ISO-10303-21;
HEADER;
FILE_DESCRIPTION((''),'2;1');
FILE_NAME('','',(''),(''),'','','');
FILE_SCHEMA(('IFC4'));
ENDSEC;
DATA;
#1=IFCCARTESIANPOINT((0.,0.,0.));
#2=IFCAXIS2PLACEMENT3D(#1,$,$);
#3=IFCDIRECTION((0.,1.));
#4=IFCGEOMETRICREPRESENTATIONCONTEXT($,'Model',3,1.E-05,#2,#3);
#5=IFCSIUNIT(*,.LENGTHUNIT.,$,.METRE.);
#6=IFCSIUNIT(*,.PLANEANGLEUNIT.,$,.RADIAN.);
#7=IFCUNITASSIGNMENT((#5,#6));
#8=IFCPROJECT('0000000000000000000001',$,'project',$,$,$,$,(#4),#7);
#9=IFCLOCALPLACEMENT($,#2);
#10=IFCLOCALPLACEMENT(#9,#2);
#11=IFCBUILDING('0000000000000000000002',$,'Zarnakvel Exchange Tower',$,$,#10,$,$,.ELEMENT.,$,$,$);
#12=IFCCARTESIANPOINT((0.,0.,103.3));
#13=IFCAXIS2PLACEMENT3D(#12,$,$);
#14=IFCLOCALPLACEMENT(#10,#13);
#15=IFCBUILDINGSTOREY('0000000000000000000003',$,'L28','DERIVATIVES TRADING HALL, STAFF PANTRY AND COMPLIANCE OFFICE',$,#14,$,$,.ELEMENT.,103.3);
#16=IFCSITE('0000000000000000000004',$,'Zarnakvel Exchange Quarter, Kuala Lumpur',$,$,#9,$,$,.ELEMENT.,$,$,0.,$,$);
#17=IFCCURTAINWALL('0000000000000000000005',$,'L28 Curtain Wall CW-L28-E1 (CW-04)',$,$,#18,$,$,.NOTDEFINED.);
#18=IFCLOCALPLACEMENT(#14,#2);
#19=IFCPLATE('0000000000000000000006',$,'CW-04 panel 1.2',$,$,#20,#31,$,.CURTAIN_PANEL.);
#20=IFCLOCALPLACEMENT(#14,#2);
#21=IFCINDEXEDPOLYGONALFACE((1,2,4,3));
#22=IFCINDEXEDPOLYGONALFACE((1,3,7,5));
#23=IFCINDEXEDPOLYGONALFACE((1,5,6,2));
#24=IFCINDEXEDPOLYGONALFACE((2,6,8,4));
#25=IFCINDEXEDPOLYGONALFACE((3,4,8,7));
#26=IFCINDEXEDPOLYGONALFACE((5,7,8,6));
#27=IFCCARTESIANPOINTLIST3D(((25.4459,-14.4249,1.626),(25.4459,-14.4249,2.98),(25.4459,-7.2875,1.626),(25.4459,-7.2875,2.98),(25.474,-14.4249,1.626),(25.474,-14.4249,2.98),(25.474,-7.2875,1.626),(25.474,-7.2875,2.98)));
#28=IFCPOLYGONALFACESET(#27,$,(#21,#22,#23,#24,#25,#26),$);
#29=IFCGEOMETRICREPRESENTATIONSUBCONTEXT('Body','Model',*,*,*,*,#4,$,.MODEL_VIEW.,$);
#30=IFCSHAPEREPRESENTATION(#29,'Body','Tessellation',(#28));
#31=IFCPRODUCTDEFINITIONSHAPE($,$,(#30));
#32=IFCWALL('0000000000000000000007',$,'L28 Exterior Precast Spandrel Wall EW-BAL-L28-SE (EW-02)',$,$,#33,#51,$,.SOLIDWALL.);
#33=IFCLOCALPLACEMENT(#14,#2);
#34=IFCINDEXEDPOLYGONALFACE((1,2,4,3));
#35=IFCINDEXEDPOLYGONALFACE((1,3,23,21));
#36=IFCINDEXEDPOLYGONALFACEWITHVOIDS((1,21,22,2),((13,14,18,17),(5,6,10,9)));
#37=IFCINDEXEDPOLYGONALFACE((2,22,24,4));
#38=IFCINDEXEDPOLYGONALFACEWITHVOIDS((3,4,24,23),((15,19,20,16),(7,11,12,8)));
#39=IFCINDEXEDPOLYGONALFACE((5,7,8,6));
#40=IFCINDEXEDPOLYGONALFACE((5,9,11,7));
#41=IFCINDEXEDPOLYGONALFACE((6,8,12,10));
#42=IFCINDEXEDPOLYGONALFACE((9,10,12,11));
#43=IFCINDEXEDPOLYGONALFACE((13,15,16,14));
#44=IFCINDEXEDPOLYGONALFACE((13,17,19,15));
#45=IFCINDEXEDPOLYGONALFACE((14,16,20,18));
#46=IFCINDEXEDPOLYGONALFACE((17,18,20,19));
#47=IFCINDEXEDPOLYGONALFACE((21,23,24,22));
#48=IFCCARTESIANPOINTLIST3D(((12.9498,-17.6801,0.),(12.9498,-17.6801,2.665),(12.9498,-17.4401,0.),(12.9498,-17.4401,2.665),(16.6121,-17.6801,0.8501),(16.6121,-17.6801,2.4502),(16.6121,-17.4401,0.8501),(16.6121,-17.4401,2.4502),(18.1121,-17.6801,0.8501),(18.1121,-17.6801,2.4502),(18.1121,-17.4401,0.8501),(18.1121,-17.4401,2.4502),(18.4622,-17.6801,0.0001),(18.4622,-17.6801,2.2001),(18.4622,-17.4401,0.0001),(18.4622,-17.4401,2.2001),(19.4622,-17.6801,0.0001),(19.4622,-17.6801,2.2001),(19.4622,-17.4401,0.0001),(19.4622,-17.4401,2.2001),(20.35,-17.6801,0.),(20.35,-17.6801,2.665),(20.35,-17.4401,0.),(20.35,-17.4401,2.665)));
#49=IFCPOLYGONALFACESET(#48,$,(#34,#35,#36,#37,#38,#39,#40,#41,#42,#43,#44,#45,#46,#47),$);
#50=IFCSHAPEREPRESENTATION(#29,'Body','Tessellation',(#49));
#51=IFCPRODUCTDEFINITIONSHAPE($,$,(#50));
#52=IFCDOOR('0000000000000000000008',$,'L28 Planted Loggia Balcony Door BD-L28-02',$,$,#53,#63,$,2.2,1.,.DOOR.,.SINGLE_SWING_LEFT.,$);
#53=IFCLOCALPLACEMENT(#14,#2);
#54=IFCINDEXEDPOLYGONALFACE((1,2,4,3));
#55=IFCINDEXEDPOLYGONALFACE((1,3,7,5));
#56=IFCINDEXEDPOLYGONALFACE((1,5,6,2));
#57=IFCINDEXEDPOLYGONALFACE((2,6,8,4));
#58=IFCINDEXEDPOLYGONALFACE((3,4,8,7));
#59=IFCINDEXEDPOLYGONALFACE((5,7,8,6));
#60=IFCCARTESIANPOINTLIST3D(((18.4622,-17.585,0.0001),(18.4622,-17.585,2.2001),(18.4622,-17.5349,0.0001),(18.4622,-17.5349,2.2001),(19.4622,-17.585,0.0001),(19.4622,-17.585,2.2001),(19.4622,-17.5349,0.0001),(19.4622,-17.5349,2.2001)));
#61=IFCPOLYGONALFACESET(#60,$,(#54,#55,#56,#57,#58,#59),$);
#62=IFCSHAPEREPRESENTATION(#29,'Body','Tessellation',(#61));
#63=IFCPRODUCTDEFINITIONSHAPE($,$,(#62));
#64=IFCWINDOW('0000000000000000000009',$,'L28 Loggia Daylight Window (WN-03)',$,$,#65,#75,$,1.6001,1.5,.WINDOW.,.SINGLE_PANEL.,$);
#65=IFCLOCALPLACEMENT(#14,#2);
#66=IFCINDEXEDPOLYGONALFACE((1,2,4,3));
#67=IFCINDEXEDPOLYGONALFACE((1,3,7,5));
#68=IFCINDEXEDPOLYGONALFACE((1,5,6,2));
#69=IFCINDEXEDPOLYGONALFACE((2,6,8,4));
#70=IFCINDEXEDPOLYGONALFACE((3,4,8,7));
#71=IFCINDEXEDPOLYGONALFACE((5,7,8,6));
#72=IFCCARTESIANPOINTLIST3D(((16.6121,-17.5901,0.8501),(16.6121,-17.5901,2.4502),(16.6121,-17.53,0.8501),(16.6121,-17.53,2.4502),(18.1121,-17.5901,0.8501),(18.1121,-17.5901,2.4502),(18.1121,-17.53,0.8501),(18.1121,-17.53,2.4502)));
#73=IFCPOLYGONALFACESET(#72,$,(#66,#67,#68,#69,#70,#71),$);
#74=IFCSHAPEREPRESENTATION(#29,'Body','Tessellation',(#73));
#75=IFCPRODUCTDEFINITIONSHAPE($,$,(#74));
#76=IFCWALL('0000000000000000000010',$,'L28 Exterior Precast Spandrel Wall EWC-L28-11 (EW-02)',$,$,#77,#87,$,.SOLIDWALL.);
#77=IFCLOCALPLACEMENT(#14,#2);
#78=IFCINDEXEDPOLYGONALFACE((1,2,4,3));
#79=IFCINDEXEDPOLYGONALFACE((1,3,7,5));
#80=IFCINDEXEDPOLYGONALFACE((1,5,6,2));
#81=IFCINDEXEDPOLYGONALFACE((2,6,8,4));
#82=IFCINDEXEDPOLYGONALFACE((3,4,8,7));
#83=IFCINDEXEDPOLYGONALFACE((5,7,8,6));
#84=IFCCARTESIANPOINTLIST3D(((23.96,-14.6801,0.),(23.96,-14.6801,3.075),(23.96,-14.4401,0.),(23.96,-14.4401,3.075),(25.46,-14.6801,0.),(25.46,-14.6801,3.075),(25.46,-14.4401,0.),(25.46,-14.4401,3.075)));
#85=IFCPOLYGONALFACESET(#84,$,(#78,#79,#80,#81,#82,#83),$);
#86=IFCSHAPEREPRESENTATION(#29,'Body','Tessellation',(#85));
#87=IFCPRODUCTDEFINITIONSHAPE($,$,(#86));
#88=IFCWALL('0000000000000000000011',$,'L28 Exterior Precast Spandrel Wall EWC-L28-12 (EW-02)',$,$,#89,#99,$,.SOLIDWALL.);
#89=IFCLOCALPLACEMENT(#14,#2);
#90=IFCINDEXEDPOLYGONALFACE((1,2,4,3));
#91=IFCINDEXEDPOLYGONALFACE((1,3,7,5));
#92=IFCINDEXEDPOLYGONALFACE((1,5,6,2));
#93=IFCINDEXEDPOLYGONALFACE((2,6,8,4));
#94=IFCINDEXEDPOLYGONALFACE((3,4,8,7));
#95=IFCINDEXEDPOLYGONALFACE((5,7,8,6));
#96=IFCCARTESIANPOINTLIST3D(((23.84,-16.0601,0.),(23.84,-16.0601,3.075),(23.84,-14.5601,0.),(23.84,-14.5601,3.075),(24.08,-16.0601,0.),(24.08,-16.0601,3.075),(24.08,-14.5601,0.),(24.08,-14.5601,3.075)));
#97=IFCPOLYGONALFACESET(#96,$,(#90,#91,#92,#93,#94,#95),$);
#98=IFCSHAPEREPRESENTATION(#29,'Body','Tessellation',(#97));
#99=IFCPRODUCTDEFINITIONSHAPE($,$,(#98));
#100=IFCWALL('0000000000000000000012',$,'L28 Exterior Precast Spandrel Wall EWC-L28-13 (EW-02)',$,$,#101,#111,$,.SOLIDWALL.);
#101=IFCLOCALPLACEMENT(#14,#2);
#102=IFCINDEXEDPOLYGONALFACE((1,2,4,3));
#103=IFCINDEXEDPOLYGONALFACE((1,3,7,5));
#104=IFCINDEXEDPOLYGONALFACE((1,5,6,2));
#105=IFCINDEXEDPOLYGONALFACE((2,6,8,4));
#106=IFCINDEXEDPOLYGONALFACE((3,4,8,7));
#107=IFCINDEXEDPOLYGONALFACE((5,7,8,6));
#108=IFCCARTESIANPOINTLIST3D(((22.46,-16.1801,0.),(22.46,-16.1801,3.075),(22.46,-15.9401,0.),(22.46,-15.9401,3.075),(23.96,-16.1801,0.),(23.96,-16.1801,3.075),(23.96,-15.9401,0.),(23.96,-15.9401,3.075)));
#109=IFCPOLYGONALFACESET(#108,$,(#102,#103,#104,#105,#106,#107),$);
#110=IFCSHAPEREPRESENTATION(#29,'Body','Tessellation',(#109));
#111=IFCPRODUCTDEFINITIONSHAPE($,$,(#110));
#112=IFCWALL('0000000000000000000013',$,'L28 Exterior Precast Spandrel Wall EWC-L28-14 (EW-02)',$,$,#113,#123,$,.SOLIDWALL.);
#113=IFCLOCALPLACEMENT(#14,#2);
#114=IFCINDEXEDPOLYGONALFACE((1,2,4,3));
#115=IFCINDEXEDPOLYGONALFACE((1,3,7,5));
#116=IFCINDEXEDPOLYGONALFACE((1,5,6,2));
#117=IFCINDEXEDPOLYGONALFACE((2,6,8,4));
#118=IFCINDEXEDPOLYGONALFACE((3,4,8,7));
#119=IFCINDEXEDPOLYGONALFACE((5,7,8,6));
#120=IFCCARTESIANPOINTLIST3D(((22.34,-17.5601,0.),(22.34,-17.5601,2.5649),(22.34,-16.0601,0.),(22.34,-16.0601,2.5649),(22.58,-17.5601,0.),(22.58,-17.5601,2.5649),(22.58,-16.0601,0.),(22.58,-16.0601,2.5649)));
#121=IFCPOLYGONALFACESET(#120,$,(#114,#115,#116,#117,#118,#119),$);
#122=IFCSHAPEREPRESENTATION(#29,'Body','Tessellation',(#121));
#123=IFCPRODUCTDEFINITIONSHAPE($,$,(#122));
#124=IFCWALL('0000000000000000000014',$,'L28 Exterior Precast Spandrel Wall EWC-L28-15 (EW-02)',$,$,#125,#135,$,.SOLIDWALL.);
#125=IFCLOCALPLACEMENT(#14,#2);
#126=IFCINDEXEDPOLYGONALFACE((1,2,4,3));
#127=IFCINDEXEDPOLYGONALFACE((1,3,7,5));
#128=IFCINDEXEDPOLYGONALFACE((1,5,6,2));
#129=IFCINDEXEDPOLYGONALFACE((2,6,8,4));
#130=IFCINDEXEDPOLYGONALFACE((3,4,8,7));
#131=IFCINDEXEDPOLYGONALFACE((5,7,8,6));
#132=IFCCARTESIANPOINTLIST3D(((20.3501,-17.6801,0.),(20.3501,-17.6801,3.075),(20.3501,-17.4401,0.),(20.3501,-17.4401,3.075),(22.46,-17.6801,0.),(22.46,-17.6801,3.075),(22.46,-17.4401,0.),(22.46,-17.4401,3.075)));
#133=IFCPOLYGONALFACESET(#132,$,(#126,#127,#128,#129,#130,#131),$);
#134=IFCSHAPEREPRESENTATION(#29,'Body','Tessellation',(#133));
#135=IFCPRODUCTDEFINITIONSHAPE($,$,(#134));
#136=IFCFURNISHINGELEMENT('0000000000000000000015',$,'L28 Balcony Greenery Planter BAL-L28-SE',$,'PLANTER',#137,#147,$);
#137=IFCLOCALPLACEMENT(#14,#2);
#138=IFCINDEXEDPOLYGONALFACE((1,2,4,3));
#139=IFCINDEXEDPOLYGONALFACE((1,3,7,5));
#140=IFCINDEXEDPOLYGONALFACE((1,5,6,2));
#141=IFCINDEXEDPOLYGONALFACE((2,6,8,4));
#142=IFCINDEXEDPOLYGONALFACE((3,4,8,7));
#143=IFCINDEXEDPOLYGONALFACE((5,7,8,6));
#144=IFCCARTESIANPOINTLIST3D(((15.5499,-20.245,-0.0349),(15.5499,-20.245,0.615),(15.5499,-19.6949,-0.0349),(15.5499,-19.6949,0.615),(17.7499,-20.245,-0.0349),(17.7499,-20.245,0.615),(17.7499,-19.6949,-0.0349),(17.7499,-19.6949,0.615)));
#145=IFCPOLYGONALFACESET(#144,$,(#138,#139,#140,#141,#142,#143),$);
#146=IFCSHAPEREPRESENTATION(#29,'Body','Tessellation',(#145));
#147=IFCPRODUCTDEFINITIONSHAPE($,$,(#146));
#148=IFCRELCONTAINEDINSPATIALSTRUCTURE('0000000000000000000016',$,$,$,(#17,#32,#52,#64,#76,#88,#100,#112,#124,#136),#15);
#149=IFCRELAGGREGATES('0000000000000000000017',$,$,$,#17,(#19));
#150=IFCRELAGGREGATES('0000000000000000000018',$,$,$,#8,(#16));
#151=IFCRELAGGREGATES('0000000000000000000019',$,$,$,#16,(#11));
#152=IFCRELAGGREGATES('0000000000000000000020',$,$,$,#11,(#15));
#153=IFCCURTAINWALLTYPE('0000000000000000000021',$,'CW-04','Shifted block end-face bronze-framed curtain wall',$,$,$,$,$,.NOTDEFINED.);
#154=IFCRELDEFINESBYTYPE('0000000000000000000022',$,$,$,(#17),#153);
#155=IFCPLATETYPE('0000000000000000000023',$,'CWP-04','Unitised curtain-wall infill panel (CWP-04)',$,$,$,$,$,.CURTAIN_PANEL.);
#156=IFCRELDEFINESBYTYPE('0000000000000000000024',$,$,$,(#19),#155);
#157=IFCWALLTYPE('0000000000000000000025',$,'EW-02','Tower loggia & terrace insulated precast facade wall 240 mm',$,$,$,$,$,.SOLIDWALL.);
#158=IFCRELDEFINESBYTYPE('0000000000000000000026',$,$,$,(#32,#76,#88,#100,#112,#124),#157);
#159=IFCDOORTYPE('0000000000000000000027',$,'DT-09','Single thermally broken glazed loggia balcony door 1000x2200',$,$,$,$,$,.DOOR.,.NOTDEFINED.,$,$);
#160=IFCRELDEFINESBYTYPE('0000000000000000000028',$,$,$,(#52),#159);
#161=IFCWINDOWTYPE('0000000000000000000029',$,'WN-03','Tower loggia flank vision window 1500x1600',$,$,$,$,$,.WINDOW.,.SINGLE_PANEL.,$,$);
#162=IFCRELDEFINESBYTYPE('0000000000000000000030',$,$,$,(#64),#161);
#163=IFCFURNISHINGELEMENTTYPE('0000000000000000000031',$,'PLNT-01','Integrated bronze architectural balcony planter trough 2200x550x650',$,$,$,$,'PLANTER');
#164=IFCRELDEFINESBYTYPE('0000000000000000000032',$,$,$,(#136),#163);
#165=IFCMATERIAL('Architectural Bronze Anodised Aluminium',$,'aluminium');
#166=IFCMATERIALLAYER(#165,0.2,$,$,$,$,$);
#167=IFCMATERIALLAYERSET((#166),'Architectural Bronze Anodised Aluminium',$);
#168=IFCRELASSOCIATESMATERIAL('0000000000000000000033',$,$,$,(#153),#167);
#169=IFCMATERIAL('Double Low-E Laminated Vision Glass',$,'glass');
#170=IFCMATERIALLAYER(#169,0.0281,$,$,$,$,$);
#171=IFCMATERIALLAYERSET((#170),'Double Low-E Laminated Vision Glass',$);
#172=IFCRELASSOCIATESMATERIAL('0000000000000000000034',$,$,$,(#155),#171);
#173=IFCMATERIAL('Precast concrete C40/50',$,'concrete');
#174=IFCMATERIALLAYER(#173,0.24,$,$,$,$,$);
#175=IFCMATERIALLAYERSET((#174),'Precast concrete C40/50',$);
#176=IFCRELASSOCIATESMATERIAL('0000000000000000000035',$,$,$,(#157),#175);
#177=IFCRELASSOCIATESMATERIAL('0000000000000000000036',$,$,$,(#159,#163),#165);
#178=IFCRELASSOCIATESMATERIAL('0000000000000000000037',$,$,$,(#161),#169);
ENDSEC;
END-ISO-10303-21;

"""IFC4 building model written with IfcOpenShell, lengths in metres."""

from ifc_helpers import new_model, si_unit, direction, frame, frame_2d, origin, origin_2d, place, context, subcontext, project, spatial, rectangle, extrude, source, transform, mapped, material, layer, layer_set, type_object, element, fill, aggregate, save


model = new_model("IFC4")

# Units and contexts
model_context = context("Model", 3, precision=1e-05, world=origin(), true_north=direction((0.0, 1.0)))
body_context = subcontext(model_context, "Body", "Model", "MODEL_VIEW")
ifc_project = project(units=[si_unit("LENGTHUNIT", "METRE"), si_unit("PLANEANGLEUNIT", "RADIAN")], contexts=[model_context])

# Site, building, storey
site_placement = place(None, origin())
site = spatial("IfcSite", under=ifc_project, at=site_placement, Name="Zarnakvel Exchange Quarter, Kuala Lumpur", CompositionType="ELEMENT", RefElevation=0.0)
building_placement = place(site_placement, origin())
building = spatial("IfcBuilding", under=site, at=building_placement, Name="Zarnakvel Exchange Tower", CompositionType="ELEMENT")
storey_placement = place(building_placement, frame((0.0, 0.0, 103.3)))
storey = spatial("IfcBuildingStorey", under=building, at=storey_placement, Name="L28", Description="DERIVATIVES TRADING HALL, STAFF PANTRY AND COMPLIANCE OFFICE", CompositionType="ELEMENT", Elevation=103.3)

# Curtain wall, plate
ifc_material_1 = material(Name="Architectural Bronze Anodised Aluminium", Category="aluminium")
ifc_layer_1 = layer(ifc_material_1, 0.2)
ifc_layer_set_1 = layer_set([ifc_layer_1], Name="Architectural Bronze Anodised Aluminium")
curtain_wall_type = type_object("IfcCurtainWallType", Name="CW-04", Description="Shifted block end-face bronze-framed curtain wall", PredefinedType="NOTDEFINED", material=ifc_layer_set_1)
curtain_wall_placement = place(storey_placement, origin())
curtain_wall = element("IfcCurtainWall", 1, at=curtain_wall_placement, inside=storey, type_object=curtain_wall_type, Name="L28 Curtain Wall CW-L28-E1 (CW-04)", PredefinedType="NOTDEFINED")
ifc_material_2 = material(Name="Double Low-E Laminated Vision Glass", Category="glass")
ifc_layer_2 = layer(ifc_material_2, 0.0281)
ifc_layer_set_2 = layer_set([ifc_layer_2], Name="Double Low-E Laminated Vision Glass")
plate_type = type_object("IfcPlateType", Name="CWP-04", Description="Unitised curtain-wall infill panel (CWP-04)", PredefinedType="CURTAIN_PANEL", material=ifc_layer_set_2)
shared_shape_1 = source(origin(), body_context, "Body", "SweptSolid", [
    extrude(rectangle(XDim=7.1375, YDim=0.0281, at=origin_2d()), origin(), (0.0, 0.0, 1.0), 1.354),
])
plate_1_placement = place(storey_placement, frame((25.46, -10.8562, 1.626), z_axis=(0.0, 0.0, 1.0), x_axis=(0.0, 1.0, 0.0)))
plate_1 = element("IfcPlate", 2, at=plate_1_placement, type_object=plate_type, Name="CW-04 panel 1.2", PredefinedType="CURTAIN_PANEL", context=body_context, shape_type="MappedRepresentation", body=[
    mapped(shared_shape_1, transform((0.0, 0.0, 0.0), x_axis=(1.0, 0.0, 0.0), y_axis=(0.0, 1.0, 0.0), z_axis=(0.0, 0.0, 1.0), scale=1.0)),
])
aggregate(curtain_wall, [plate_1])

# Wall, openings, door, window
ifc_material_3 = material(Name="Precast concrete C40/50", Category="concrete")
ifc_layer_3 = layer(ifc_material_3, 0.24)
ifc_layer_set_3 = layer_set([ifc_layer_3], Name="Precast concrete C40/50")
wall_type = type_object("IfcWallType", Name="EW-02", Description="Tower loggia & terrace insulated precast facade wall 240 mm", PredefinedType="SOLIDWALL", material=ifc_layer_set_3)
wall_1_placement = place(storey_placement, frame((20.3501, -17.5601, 0.0), z_axis=(0.0, 0.0, 1.0), x_axis=(-1.0, 0.0, 0.0)))
wall_1 = element("IfcWall", 3, at=wall_1_placement, inside=storey, type_object=wall_type, Name="L28 Exterior Precast Spandrel Wall EW-BAL-L28-SE (EW-02)", PredefinedType="SOLIDWALL", context=body_context, shape_type="SweptSolid", body=[
    extrude(rectangle(XDim=7.4001, YDim=0.24, at=frame_2d((3.7002, 0.0))), origin(), (0.0, 0.0, 1.0), 2.665),
])
opening_1_placement = place(wall_1_placement, frame((0.8879, 0.0, 0.0)))
opening_1 = element("IfcOpeningElement", 4, at=opening_1_placement, cuts=wall_1, PredefinedType="OPENING", context=body_context, shape_type="SweptSolid", body=[
    extrude(rectangle(XDim=1.0, YDim=2.2, at=frame_2d((0.5, 1.1001))), frame((0.0, 0.1299, 0.0), z_axis=(0.0, -1.0, 0.0), x_axis=(1.0, 0.0, 0.0)), (0.0, 0.0, 1.0), 0.26),
])
opening_2_placement = place(wall_1_placement, frame((2.238, 0.0, 0.8501)))
opening_2 = element("IfcOpeningElement", 5, at=opening_2_placement, cuts=wall_1, PredefinedType="OPENING", context=body_context, shape_type="SweptSolid", body=[
    extrude(rectangle(XDim=1.5, YDim=1.6001, at=frame_2d((0.75, 0.8))), frame((0.0, 0.1299, 0.0), z_axis=(0.0, -1.0, 0.0), x_axis=(1.0, 0.0, 0.0)), (0.0, 0.0, 1.0), 0.26),
])
door_type = type_object("IfcDoorType", Name="DT-09", Description="Single thermally broken glazed loggia balcony door 1000x2200", OperationType="NOTDEFINED", PredefinedType="DOOR", material=ifc_material_1)
shared_shape_2 = source(origin(), body_context, "Body", "SweptSolid", [
    extrude(rectangle(XDim=1.0, YDim=2.2, at=frame_2d((0.5, 1.1001))), frame((0.0, 0.0249, 0.0), z_axis=(0.0, -1.0, 0.0), x_axis=(1.0, 0.0, 0.0)), (0.0, 0.0, 1.0), 0.05),
])
door_placement = place(opening_1_placement, origin())
door = element("IfcDoor", 6, at=door_placement, inside=storey, type_object=door_type, Name="L28 Planted Loggia Balcony Door BD-L28-02", OperationType="SINGLE_SWING_LEFT", OverallHeight=2.2, OverallWidth=1.0, PredefinedType="DOOR", context=body_context, shape_type="MappedRepresentation", body=[
    mapped(shared_shape_2, transform((0.0, 0.0, 0.0), x_axis=(1.0, 0.0, 0.0), y_axis=(0.0, 1.0, 0.0), z_axis=(0.0, 0.0, 1.0), scale=1.0)),
])
fill(opening_1, door)
window_type = type_object("IfcWindowType", Name="WN-03", Description="Tower loggia flank vision window 1500x1600", PartitioningType="SINGLE_PANEL", PredefinedType="WINDOW", material=ifc_material_2)
shared_shape_3 = source(origin(), body_context, "Body", "SweptSolid", [
    extrude(rectangle(XDim=1.5, YDim=1.6001, at=frame_2d((0.75, 0.8))), frame((0.0, 0.03, 0.0), z_axis=(0.0, -1.0, 0.0), x_axis=(1.0, 0.0, 0.0)), (0.0, 0.0, 1.0), 0.0601),
])
window_placement = place(opening_2_placement, origin())
window = element("IfcWindow", 7, at=window_placement, inside=storey, type_object=window_type, Name="L28 Loggia Daylight Window (WN-03)", OverallHeight=1.6001, OverallWidth=1.5, PartitioningType="SINGLE_PANEL", PredefinedType="WINDOW", context=body_context, shape_type="MappedRepresentation", body=[
    mapped(shared_shape_3, transform((0.0, 0.0, 0.0), x_axis=(1.0, 0.0, 0.0), y_axis=(0.0, 1.0, 0.0), z_axis=(0.0, 0.0, 1.0), scale=1.0)),
])
fill(opening_2, window)

# Walls
for number, where, z_axis, x_axis, name in (
    (8, (23.96, -14.5601, 0.0), (0.0, 0.0, 1.0), (1.0, 0.0, 0.0), "L28 Exterior Precast Spandrel Wall EWC-L28-11 (EW-02)"),
    (9, (23.96, -16.0601, 0.0), (0.0, 0.0, 1.0), (0.0, 1.0, 0.0), "L28 Exterior Precast Spandrel Wall EWC-L28-12 (EW-02)"),
    (10, (22.46, -16.0601, 0.0), (0.0, 0.0, 1.0), (1.0, 0.0, 0.0), "L28 Exterior Precast Spandrel Wall EWC-L28-13 (EW-02)"),
):
    element("IfcWall", number, at=place(storey_placement, frame(where, z_axis=z_axis, x_axis=x_axis)), inside=storey, type_object=wall_type, Name=name, PredefinedType="SOLIDWALL", context=body_context, shape_type="SweptSolid", body=[
        extrude(rectangle(XDim=1.5, YDim=0.24, at=frame_2d((0.75, 0.0))), origin(), (0.0, 0.0, 1.0), 3.075),
    ])
wall_2_placement = place(storey_placement, frame((22.46, -17.5601, 0.0), z_axis=(0.0, 0.0, 1.0), x_axis=(0.0, 1.0, 0.0)))
element("IfcWall", 11, at=wall_2_placement, inside=storey, type_object=wall_type, Name="L28 Exterior Precast Spandrel Wall EWC-L28-14 (EW-02)", PredefinedType="SOLIDWALL", context=body_context, shape_type="SweptSolid", body=[
    extrude(rectangle(XDim=1.5, YDim=0.24, at=frame_2d((0.75, 0.0))), origin(), (0.0, 0.0, 1.0), 2.5649),
])
wall_3_placement = place(storey_placement, frame((20.3501, -17.5601, 0.0), z_axis=(0.0, 0.0, 1.0), x_axis=(1.0, 0.0, 0.0)))
element("IfcWall", 12, at=wall_3_placement, inside=storey, type_object=wall_type, Name="L28 Exterior Precast Spandrel Wall EWC-L28-15 (EW-02)", PredefinedType="SOLIDWALL", context=body_context, shape_type="SweptSolid", body=[
    extrude(rectangle(XDim=2.1099, YDim=0.24, at=frame_2d((1.0549, 0.0))), origin(), (0.0, 0.0, 1.0), 3.075),
])

# Furnishing element
furnishing_element_type = type_object("IfcFurnishingElementType", Name="PLNT-01", Description="Integrated bronze architectural balcony planter trough 2200x550x650", ElementType="PLANTER", material=ifc_material_1)
shared_shape_4 = source(origin(), body_context, "Body", "SweptSolid", [
    extrude(rectangle(XDim=2.2, YDim=0.55, at=origin_2d()), origin(), (0.0, 0.0, 1.0), 0.6499),
])
furnishing_placement = place(storey_placement, frame((16.6499, -19.97, -0.0349), z_axis=(0.0, 0.0, 1.0), x_axis=(1.0, 0.0, 0.0)))
element("IfcFurnishingElement", 13, at=furnishing_placement, inside=storey, type_object=furnishing_element_type, Name="L28 Balcony Greenery Planter BAL-L28-SE", ObjectType="PLANTER", context=body_context, shape_type="MappedRepresentation", body=[
    mapped(shared_shape_4, transform((0.0, 0.0, 0.0), x_axis=(1.0, 0.0, 0.0), y_axis=(0.0, 1.0, 0.0), z_axis=(0.0, 0.0, 1.0), scale=1.0)),
])

save(model, "model.ifc")
